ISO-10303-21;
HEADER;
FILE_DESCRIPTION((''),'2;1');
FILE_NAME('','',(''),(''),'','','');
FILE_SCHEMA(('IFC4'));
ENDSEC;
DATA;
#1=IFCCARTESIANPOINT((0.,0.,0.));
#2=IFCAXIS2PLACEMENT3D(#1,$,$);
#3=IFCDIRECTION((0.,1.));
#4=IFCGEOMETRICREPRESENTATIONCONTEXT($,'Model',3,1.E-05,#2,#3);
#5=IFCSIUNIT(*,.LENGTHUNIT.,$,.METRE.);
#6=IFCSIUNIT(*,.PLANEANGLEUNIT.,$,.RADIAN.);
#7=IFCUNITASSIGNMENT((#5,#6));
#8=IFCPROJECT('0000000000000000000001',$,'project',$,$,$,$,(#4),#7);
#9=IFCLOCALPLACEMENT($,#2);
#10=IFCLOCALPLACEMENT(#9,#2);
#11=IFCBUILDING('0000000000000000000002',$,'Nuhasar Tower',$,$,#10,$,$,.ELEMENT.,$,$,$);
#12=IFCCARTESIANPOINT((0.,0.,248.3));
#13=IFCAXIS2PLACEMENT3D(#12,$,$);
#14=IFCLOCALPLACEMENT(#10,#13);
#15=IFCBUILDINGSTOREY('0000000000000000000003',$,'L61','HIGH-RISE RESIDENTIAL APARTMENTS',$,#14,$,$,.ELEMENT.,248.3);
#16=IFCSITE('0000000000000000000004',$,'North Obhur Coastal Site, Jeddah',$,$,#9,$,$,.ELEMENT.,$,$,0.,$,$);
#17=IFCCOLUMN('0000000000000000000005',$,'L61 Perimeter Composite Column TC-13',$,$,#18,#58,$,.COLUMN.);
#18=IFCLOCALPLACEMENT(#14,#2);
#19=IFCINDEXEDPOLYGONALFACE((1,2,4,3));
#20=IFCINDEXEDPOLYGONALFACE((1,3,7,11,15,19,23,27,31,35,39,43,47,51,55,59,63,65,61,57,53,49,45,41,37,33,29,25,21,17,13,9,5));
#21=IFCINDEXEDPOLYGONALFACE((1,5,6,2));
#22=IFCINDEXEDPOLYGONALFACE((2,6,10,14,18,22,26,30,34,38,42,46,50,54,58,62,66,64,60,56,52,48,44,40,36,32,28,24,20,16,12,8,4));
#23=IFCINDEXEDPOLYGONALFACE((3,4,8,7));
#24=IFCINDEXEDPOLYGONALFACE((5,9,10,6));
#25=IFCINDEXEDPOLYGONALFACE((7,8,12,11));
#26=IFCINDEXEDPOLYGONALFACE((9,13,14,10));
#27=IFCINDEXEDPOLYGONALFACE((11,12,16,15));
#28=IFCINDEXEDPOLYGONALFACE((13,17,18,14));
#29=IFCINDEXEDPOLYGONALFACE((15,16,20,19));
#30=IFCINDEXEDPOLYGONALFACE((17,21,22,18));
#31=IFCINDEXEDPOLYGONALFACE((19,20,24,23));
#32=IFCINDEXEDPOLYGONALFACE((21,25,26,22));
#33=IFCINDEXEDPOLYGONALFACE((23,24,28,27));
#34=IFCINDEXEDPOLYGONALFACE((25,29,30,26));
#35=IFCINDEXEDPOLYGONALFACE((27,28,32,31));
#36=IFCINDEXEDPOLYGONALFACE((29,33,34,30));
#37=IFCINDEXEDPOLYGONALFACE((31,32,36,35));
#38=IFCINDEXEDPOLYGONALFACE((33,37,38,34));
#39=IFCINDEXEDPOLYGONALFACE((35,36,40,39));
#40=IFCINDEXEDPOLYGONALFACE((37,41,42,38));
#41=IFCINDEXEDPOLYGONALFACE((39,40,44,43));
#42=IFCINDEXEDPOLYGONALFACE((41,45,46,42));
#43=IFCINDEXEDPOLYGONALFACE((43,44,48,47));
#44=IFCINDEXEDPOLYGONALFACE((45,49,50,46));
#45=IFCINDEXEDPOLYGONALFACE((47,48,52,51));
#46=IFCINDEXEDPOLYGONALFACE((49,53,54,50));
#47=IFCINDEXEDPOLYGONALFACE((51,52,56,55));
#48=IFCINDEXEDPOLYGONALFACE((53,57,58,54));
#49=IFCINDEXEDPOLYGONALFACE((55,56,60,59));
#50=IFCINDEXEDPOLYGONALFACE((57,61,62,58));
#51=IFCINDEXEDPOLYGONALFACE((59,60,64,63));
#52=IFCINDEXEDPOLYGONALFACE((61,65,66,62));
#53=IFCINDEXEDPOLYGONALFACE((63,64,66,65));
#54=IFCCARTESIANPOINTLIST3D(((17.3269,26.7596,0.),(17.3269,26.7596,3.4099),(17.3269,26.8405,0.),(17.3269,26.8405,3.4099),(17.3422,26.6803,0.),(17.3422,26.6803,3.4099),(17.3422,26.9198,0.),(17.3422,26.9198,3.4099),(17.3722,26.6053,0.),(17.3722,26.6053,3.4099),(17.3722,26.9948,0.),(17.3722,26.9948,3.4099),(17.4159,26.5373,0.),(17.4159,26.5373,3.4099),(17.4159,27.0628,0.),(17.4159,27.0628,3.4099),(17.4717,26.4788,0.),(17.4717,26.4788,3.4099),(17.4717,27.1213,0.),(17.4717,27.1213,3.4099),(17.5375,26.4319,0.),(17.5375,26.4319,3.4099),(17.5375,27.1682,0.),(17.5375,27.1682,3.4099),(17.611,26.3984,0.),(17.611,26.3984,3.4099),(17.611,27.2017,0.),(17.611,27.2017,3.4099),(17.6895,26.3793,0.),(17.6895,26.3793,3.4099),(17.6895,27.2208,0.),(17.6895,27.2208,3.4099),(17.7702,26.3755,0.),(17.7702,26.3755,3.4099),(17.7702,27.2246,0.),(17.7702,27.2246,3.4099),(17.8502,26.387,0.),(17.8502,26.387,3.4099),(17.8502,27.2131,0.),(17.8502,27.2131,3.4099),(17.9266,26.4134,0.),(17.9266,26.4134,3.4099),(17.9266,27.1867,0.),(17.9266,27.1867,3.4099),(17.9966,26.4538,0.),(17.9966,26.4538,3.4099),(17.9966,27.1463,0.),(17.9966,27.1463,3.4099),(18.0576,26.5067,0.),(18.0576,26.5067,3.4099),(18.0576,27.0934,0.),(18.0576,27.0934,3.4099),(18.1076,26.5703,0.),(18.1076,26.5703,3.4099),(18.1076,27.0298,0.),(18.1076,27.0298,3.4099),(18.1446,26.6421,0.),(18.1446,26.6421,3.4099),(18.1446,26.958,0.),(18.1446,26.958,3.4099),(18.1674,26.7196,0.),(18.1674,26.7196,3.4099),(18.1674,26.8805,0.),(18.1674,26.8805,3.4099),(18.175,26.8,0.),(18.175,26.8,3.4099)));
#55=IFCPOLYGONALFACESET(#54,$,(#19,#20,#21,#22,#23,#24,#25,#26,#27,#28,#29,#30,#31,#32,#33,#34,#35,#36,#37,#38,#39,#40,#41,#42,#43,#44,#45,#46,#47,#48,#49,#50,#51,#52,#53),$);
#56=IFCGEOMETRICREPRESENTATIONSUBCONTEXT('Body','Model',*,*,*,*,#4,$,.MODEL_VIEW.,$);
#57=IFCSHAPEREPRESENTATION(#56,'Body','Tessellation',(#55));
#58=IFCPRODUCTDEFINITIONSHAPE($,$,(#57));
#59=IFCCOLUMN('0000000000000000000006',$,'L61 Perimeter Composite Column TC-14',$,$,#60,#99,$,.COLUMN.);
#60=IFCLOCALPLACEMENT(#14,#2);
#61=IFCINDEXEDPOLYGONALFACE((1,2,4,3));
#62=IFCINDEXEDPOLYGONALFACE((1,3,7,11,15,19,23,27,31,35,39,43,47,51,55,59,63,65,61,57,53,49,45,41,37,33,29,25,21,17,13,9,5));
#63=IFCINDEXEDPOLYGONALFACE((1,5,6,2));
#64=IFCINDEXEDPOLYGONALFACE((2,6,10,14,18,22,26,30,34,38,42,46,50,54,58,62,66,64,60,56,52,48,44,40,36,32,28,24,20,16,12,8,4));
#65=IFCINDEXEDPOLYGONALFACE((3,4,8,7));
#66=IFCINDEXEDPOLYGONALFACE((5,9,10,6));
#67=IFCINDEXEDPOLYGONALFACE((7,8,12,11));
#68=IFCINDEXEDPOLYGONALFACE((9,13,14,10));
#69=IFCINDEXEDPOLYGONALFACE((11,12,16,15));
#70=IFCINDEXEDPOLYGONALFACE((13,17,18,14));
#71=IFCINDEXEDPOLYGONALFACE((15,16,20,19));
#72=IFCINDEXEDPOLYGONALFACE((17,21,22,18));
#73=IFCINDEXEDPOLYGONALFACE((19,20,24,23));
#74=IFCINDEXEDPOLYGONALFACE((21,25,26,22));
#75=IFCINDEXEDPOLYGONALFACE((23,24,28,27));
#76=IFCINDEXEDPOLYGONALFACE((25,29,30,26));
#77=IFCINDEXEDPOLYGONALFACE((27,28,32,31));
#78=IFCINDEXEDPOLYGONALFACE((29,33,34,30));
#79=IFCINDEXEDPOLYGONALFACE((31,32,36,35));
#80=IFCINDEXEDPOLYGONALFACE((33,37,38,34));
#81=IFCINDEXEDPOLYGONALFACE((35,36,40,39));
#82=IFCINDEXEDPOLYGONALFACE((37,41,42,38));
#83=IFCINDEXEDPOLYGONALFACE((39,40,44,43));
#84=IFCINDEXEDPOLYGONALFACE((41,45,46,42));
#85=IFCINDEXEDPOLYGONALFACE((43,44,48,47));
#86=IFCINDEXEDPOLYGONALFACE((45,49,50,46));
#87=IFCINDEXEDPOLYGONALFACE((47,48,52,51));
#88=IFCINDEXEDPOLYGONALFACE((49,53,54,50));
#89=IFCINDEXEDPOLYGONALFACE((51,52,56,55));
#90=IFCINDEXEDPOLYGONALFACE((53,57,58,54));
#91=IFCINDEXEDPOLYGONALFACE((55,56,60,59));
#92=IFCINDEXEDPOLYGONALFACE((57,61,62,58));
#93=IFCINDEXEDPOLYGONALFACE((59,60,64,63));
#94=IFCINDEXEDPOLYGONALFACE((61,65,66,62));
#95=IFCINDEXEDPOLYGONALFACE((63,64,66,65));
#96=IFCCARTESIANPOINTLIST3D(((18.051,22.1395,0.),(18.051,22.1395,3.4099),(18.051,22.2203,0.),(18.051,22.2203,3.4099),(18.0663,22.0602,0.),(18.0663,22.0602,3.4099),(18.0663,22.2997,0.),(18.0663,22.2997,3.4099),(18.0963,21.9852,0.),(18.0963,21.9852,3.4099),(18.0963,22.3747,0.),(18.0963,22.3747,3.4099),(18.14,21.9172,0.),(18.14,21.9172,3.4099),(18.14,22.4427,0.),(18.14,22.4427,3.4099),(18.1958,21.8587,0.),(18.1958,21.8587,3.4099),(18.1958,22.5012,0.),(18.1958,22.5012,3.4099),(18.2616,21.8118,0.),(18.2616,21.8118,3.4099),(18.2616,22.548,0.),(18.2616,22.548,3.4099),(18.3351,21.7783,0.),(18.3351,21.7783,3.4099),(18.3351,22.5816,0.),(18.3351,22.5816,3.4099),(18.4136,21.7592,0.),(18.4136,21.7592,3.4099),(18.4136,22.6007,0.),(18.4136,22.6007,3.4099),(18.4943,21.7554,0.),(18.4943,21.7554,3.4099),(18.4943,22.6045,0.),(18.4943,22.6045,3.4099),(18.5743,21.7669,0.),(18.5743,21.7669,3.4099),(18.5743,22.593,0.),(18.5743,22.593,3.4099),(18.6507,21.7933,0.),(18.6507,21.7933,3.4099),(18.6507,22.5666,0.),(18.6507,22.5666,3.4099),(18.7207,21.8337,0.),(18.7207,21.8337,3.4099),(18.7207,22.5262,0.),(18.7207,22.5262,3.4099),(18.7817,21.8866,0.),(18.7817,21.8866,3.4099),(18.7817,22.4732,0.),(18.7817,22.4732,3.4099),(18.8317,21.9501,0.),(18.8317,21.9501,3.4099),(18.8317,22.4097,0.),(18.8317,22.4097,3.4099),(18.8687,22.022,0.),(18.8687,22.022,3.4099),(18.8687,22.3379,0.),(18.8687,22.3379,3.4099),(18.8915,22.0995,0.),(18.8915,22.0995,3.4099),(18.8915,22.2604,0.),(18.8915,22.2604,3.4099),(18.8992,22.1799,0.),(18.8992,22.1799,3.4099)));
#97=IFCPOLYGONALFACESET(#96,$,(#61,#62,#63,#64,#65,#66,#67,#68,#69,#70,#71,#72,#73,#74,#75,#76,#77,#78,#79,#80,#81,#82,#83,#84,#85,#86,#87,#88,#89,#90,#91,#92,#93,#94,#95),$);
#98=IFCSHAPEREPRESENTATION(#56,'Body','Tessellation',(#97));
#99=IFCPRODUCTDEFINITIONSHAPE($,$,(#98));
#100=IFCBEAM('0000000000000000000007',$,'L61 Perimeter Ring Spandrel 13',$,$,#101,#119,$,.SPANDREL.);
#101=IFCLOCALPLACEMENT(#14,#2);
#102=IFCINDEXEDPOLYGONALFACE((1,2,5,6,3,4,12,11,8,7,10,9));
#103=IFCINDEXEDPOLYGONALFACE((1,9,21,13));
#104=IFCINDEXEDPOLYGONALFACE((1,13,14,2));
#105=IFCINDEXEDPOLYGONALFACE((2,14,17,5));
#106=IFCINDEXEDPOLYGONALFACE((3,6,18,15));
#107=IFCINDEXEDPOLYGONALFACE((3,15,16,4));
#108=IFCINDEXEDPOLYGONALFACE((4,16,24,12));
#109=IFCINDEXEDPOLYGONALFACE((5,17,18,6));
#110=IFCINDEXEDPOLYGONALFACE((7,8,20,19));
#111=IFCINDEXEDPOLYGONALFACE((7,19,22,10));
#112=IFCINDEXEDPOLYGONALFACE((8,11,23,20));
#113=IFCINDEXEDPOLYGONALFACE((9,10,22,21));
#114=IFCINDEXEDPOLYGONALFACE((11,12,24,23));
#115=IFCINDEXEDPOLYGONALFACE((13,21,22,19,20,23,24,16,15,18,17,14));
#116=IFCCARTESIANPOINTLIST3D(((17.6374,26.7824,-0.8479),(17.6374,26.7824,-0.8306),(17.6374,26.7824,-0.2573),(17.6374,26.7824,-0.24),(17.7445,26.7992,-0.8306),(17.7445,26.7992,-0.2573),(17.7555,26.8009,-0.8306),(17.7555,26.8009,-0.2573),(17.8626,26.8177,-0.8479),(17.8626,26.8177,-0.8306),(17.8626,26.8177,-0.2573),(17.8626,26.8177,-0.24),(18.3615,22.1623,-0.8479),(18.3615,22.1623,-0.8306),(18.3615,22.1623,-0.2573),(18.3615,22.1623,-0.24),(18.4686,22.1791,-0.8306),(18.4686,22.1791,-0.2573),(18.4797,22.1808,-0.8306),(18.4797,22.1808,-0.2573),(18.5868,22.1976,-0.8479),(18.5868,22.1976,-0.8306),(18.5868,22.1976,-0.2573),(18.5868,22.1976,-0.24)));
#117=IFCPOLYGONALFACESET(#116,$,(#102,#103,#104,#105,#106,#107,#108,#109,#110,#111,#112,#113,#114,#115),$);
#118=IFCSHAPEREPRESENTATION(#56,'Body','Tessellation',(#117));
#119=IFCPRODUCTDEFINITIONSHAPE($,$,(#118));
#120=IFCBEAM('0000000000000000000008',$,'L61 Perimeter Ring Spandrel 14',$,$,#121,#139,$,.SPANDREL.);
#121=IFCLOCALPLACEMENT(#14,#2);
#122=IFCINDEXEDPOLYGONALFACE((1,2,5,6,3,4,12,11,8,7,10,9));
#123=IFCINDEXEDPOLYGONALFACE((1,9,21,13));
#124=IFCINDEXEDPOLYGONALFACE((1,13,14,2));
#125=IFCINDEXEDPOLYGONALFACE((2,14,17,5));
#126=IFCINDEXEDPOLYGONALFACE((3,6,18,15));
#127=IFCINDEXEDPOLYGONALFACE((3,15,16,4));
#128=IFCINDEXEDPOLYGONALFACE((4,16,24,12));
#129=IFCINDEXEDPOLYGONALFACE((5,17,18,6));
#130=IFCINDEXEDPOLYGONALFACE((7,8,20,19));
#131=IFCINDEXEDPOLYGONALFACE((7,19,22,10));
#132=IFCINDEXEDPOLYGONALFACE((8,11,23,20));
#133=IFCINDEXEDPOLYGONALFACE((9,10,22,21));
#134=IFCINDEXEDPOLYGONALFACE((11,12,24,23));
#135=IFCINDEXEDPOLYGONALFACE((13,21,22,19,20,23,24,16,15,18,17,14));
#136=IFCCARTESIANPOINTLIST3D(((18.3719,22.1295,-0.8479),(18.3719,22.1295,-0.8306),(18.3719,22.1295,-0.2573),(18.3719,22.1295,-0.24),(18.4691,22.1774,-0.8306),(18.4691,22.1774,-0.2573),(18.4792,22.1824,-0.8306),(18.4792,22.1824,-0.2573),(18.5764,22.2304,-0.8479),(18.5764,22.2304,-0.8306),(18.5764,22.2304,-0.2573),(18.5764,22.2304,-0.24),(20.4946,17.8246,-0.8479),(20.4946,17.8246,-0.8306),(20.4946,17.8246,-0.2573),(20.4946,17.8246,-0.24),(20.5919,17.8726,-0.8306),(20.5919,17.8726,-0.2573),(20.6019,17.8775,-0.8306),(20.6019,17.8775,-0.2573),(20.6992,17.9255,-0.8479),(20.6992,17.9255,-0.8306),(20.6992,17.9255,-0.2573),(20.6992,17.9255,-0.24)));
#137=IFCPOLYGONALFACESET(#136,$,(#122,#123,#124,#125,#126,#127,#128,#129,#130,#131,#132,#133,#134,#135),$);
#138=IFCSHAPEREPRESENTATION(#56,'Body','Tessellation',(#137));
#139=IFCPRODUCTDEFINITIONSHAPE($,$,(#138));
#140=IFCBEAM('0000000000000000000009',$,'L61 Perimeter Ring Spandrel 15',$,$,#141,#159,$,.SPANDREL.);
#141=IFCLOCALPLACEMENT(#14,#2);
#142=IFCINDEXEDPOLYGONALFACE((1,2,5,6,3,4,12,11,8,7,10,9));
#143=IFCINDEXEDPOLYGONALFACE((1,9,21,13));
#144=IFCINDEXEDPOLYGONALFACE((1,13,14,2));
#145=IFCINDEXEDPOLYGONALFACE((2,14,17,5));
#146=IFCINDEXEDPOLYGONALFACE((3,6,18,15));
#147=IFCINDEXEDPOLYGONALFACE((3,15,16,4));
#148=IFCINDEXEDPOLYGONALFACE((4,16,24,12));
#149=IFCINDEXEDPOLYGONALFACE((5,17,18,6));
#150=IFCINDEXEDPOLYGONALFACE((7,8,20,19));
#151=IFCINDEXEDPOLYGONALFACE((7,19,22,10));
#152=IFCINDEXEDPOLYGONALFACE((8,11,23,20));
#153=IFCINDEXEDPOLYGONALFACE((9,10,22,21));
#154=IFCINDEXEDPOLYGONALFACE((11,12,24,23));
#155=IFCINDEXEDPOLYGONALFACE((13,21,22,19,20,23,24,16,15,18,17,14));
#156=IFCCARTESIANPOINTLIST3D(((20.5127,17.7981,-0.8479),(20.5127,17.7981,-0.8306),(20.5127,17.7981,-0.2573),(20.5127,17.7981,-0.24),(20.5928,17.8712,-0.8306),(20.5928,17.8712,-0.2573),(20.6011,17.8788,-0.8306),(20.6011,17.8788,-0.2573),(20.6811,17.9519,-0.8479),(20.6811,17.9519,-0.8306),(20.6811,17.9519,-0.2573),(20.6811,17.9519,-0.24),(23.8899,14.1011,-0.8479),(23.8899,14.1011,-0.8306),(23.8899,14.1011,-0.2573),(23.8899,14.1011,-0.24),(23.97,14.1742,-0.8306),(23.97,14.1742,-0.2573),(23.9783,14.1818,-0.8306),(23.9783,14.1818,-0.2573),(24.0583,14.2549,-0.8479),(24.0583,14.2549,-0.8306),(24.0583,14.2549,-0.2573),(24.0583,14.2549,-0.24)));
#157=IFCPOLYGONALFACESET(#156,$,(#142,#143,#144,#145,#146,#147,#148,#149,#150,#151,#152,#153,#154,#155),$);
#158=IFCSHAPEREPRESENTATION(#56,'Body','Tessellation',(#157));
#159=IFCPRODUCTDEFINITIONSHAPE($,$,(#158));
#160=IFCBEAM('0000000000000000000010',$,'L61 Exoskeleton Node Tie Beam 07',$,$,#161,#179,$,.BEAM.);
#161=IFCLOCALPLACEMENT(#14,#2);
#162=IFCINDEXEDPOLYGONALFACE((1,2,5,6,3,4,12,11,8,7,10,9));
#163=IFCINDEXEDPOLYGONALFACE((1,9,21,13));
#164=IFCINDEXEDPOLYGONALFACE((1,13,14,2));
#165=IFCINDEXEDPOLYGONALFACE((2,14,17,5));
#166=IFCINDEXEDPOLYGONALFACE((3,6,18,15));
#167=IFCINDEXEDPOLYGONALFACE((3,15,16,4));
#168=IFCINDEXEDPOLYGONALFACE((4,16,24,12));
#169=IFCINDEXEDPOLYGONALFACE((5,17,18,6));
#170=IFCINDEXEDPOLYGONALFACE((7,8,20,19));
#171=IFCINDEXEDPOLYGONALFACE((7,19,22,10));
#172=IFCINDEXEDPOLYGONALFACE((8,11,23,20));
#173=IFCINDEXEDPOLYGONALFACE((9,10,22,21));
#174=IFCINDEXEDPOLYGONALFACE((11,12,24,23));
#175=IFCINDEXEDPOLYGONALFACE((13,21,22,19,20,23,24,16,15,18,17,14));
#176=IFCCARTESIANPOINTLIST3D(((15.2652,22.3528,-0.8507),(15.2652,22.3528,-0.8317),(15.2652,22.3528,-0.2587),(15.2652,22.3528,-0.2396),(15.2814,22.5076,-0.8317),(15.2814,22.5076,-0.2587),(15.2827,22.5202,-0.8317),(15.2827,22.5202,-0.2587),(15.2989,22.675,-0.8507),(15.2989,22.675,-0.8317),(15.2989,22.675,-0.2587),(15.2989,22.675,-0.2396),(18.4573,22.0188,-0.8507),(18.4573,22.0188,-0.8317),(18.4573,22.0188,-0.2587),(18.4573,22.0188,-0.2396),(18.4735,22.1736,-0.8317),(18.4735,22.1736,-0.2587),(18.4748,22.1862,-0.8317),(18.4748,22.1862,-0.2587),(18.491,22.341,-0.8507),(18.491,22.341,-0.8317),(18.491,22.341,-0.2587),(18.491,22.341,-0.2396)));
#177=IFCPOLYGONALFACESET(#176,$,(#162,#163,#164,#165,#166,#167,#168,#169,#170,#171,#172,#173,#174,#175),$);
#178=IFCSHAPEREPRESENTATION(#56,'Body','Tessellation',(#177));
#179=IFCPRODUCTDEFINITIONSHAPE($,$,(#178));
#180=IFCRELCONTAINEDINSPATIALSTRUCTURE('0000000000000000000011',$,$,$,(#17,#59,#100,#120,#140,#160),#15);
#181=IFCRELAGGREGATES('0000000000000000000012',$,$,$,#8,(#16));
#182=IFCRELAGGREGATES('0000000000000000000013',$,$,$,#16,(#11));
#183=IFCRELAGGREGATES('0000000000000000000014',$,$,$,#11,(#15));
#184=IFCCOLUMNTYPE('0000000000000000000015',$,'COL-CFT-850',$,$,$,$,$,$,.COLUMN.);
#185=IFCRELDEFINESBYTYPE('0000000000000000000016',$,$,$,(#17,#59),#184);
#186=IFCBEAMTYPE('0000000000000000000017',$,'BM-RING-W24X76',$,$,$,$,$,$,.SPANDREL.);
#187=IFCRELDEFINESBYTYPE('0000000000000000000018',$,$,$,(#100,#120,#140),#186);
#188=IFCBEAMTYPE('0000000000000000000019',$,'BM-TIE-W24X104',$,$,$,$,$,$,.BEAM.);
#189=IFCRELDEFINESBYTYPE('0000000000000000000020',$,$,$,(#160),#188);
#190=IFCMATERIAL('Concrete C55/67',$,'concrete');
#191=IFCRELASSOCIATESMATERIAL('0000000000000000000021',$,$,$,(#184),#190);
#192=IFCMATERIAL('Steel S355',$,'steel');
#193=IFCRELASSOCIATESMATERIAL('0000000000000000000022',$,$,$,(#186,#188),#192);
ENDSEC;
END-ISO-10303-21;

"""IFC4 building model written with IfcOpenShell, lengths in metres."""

from ifc_helpers import new_model, si_unit, direction, frame, origin, origin_2d, place, context, subcontext, project, spatial, circle, i_section, extrude, material, material_profile, profile_set, type_object, element, save


model = new_model("IFC4")

# Units and contexts
model_context = context("Model", 3, precision=1e-05, world=origin(), true_north=direction((0.0, 1.0)))
body_context = subcontext(model_context, "Body", "Model", "MODEL_VIEW")
ifc_project = project(units=[si_unit("LENGTHUNIT", "METRE"), si_unit("PLANEANGLEUNIT", "RADIAN")], contexts=[model_context])

# Site, building, storey
site_placement = place(None, origin())
site = spatial("IfcSite", under=ifc_project, at=site_placement, Name="North Obhur Coastal Site, Jeddah", CompositionType="ELEMENT", RefElevation=0.0)
building_placement = place(site_placement, origin())
building = spatial("IfcBuilding", under=site, at=building_placement, Name="Nuhasar Tower", CompositionType="ELEMENT")
storey_placement = place(building_placement, frame((0.0, 0.0, 248.3)))
storey = spatial("IfcBuildingStorey", under=building, at=storey_placement, Name="L61", Description="HIGH-RISE RESIDENTIAL APARTMENTS", CompositionType="ELEMENT", Elevation=248.3)

# Columns
ifc_material_1 = material(Name="Concrete C55/67", Category="concrete")
ifc_material_profile_1 = material_profile(ifc_material_1, circle(Radius=0.425, at=origin_2d()), Name="CFT850")
ifc_profile_set_1 = profile_set([ifc_material_profile_1], Name="Concrete C55/67")
column_type = type_object("IfcColumnType", Name="COL-CFT-850", PredefinedType="COLUMN", material=ifc_profile_set_1)
for number, where, z_axis, x_axis, name in (
    (1, (17.75, 26.8, 0.0), (0.0, 0.0, 1.0), (1.0, 0.0, 0.0), "L61 Perimeter Composite Column TC-13"),
    (2, (18.4741, 22.1799, 0.0), (0.0, 0.0, 1.0), (1.0, 0.0, 0.0), "L61 Perimeter Composite Column TC-14"),
):
    element("IfcColumn", number, at=place(storey_placement, frame(where, z_axis=z_axis, x_axis=x_axis)), inside=storey, type_object=column_type, Name=name, PredefinedType="COLUMN", context=body_context, shape_type="SweptSolid", body=[
        extrude(circle(Radius=0.425, at=origin_2d()), origin(), (0.0, 0.0, 1.0), 3.4099),
    ])

# Beams
ifc_material_2 = material(Name="Steel S355", Category="steel")
ifc_material_profile_2 = material_profile(ifc_material_2, i_section(OverallWidth=0.228, OverallDepth=0.6079, WebThickness=0.0112, FlangeThickness=0.0173, at=origin_2d()), Name="W24X76")
ifc_profile_set_2 = profile_set([ifc_material_profile_2], Name="Steel S355")
beam_type_1 = type_object("IfcBeamType", Name="BM-RING-W24X76", PredefinedType="SPANDREL", material=ifc_profile_set_2)
beam_1_placement = place(storey_placement, frame((17.75, 26.8, -0.5439), z_axis=(0.154842, -0.987939, 0.0), x_axis=(0.987939, 0.154842, 0.0)))
element("IfcBeam", 3, at=beam_1_placement, inside=storey, type_object=beam_type_1, Name="L61 Perimeter Ring Spandrel 13", PredefinedType="SPANDREL", context=body_context, shape_type="SweptSolid", body=[
    extrude(i_section(OverallWidth=0.228, OverallDepth=0.6079, WebThickness=0.0112, FlangeThickness=0.0173, at=origin_2d()), origin(), (0.0, 0.0, 1.0), 4.6765),
])
beam_2_placement = place(storey_placement, frame((18.4741, 22.1799, -0.5439), z_axis=(0.442263, -0.896886, 0.0), x_axis=(0.896886, 0.442263, 0.0)))
element("IfcBeam", 4, at=beam_2_placement, inside=storey, type_object=beam_type_1, Name="L61 Perimeter Ring Spandrel 14", PredefinedType="SPANDREL", context=body_context, shape_type="SweptSolid", body=[
    extrude(i_section(OverallWidth=0.228, OverallDepth=0.6079, WebThickness=0.0112, FlangeThickness=0.0173, at=origin_2d()), origin(), (0.0, 0.0, 1.0), 4.7998),
])
beam_3_placement = place(storey_placement, frame((20.5969, 17.875, -0.5439), z_axis=(0.67445, -0.738321, 0.0), x_axis=(0.738321, 0.67445, 0.0)))
element("IfcBeam", 5, at=beam_3_placement, inside=storey, type_object=beam_type_1, Name="L61 Perimeter Ring Spandrel 15", PredefinedType="SPANDREL", context=body_context, shape_type="SweptSolid", body=[
    extrude(i_section(OverallWidth=0.228, OverallDepth=0.6079, WebThickness=0.0112, FlangeThickness=0.0173, at=origin_2d()), origin(), (0.0, 0.0, 1.0), 5.0073),
])
ifc_material_profile_3 = material_profile(ifc_material_2, i_section(OverallWidth=0.324, OverallDepth=0.6111, WebThickness=0.0127, FlangeThickness=0.019, at=origin_2d()), Name="W24X104")
ifc_profile_set_3 = profile_set([ifc_material_profile_3], Name="Steel S355")
beam_type_2 = type_object("IfcBeamType", Name="BM-TIE-W24X104", PredefinedType="BEAM", material=ifc_profile_set_3)
beam_4_placement = place(storey_placement, frame((18.4741, 22.1799, -0.5452), z_axis=(-0.994571, 0.104059, 0.0), x_axis=(-0.104059, -0.994571, 0.0)))
element("IfcBeam", 6, at=beam_4_placement, inside=storey, type_object=beam_type_2, Name="L61 Exoskeleton Node Tie Beam 07", PredefinedType="BEAM", context=body_context, shape_type="SweptSolid", body=[
    extrude(i_section(OverallWidth=0.324, OverallDepth=0.6111, WebThickness=0.0127, FlangeThickness=0.019, at=origin_2d()), origin(), (0.0, 0.0, 1.0), 3.2095),
])

save(model, "model.ifc")
